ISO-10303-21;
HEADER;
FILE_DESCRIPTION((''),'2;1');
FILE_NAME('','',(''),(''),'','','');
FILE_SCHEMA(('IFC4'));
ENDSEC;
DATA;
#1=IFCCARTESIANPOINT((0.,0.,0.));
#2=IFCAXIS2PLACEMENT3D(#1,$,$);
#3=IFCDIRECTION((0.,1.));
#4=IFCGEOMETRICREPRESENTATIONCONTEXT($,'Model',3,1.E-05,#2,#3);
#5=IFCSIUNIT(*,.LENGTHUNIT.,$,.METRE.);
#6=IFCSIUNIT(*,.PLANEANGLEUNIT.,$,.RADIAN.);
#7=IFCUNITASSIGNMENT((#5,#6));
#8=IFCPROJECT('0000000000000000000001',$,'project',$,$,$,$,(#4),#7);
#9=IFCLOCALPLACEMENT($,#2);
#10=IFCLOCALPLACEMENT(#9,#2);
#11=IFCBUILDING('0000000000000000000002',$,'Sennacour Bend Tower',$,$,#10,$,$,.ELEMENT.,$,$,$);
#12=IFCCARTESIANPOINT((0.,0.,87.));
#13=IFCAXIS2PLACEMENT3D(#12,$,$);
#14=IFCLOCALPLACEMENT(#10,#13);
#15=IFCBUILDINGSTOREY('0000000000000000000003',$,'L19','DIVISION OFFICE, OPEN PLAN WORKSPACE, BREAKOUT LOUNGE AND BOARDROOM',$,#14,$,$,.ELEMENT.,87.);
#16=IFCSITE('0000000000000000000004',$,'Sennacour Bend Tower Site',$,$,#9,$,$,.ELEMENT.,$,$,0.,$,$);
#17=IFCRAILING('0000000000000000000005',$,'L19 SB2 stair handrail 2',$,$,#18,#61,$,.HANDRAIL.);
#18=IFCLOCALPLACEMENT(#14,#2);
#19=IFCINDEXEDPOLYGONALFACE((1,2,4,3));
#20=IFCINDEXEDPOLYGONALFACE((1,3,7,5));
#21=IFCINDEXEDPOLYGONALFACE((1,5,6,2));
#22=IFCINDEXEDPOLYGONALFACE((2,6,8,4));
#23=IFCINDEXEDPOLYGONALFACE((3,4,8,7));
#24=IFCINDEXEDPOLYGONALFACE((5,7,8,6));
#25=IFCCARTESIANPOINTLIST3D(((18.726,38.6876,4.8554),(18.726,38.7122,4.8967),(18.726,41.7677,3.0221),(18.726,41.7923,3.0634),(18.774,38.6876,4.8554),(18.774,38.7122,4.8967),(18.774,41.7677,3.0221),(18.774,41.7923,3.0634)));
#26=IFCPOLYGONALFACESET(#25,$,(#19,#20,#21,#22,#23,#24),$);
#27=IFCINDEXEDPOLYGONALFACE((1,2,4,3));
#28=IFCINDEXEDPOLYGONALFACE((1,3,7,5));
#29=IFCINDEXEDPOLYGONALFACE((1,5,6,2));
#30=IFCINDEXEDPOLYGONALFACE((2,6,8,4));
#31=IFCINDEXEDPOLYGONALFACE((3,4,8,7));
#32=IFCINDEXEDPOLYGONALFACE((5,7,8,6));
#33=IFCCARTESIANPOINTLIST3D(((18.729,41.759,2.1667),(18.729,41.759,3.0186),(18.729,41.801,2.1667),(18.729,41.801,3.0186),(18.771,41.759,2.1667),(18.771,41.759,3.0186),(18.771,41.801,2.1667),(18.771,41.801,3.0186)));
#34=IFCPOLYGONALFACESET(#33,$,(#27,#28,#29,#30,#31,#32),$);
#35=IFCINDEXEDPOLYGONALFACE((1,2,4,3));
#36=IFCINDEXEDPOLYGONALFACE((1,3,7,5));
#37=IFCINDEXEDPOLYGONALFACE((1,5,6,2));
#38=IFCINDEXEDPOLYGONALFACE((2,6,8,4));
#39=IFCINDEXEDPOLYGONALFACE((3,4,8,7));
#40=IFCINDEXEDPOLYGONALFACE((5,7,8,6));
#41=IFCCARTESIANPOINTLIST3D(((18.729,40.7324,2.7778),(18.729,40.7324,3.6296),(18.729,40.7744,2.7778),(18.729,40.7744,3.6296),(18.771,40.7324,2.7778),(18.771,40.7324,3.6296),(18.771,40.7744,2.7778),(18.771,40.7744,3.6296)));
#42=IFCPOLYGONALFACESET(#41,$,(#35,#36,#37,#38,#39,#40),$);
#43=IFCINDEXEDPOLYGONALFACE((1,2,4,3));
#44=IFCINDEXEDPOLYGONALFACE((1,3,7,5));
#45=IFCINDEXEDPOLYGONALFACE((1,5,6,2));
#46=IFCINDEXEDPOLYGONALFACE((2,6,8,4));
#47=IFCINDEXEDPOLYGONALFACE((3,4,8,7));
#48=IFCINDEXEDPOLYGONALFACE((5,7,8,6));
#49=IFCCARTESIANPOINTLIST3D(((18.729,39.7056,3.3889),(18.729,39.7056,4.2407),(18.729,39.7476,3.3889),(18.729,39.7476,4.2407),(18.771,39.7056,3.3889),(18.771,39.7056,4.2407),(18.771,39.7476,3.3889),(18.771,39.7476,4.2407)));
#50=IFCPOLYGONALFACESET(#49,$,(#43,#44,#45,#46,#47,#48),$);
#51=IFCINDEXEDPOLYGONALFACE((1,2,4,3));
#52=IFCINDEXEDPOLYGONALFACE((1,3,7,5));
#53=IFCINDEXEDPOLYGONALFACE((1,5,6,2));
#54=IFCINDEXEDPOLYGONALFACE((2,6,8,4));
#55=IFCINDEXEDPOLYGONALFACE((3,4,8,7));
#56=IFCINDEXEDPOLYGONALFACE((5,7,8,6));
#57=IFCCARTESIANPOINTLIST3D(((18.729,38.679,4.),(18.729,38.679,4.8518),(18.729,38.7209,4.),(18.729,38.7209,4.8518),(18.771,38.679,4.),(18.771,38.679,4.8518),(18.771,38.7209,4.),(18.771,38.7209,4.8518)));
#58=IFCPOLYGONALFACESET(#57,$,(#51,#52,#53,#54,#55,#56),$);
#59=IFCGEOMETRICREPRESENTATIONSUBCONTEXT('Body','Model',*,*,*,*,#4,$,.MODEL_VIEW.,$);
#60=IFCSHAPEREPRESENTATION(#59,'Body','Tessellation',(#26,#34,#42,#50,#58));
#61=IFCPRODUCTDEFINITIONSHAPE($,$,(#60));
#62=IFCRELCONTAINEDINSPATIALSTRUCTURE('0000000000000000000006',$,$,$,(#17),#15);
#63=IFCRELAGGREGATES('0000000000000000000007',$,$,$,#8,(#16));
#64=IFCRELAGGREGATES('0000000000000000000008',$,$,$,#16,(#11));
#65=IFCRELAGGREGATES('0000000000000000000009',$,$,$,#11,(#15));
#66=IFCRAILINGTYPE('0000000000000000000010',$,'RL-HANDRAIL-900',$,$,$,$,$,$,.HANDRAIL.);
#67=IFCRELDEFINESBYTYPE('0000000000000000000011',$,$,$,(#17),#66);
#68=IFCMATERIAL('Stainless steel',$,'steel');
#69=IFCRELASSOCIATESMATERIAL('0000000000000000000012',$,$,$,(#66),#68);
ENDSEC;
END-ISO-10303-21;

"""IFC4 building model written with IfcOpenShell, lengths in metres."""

from ifc_helpers import new_model, si_unit, direction, frame, origin, origin_2d, place, context, subcontext, project, spatial, rectangle, extrude, material, type_object, element, save


model = new_model("IFC4")

# Units and contexts
model_context = context("Model", 3, precision=1e-05, world=origin(), true_north=direction((0.0, 1.0)))
body_context = subcontext(model_context, "Body", "Model", "MODEL_VIEW")
ifc_project = project(units=[si_unit("LENGTHUNIT", "METRE"), si_unit("PLANEANGLEUNIT", "RADIAN")], contexts=[model_context])

# Site, building, storey
site_placement = place(None, origin())
site = spatial("IfcSite", under=ifc_project, at=site_placement, Name="Sennacour Bend Tower Site", CompositionType="ELEMENT", RefElevation=0.0)
building_placement = place(site_placement, origin())
building = spatial("IfcBuilding", under=site, at=building_placement, Name="Sennacour Bend Tower", CompositionType="ELEMENT")
storey_placement = place(building_placement, frame((0.0, 0.0, 87.0)))
storey = spatial("IfcBuildingStorey", under=building, at=storey_placement, Name="L19", Description="DIVISION OFFICE, OPEN PLAN WORKSPACE, BREAKOUT LOUNGE AND BOARDROOM", CompositionType="ELEMENT", Elevation=87.0)

# Shared definitions
ifc_material_1 = material(Name="Stainless steel", Category="steel")

# Railing
railing_type_1 = type_object("IfcRailingType", Name="RL-HANDRAIL-900", PredefinedType="HANDRAIL", material=ifc_material_1)
railing_1_placement = place(storey_placement, frame((18.75, 41.78, 2.1667)))
element("IfcRailing", 1, at=railing_1_placement, inside=storey, type_object=railing_type_1, Name="L19 SB2 stair handrail 2", PredefinedType="HANDRAIL", context=body_context, shape_type="SweptSolid", body=[
    extrude(rectangle(XDim=0.0481, YDim=0.0481, at=origin_2d()), frame((0.0, 0.0, 0.876), z_axis=(0.0, -0.859309, 0.511458), x_axis=(1.0, 0.0, 0.0)), (0.0, 0.0, 1.0), 3.5845),
    extrude(rectangle(XDim=0.042, YDim=0.042, at=origin_2d()), origin(), (0.0, 0.0, 1.0), 0.8518),
    extrude(rectangle(XDim=0.042, YDim=0.042, at=origin_2d()), frame((0.0, -1.0266, 0.6111)), (0.0, 0.0, 1.0), 0.8518),
    extrude(rectangle(XDim=0.042, YDim=0.042, at=origin_2d()), frame((0.0, -2.0535, 1.2222)), (0.0, 0.0, 1.0), 0.8518),
    extrude(rectangle(XDim=0.042, YDim=0.042, at=origin_2d()), frame((0.0, -3.0801, 1.8333)), (0.0, 0.0, 1.0), 0.8518),
])

save(model, "model.ifc")
